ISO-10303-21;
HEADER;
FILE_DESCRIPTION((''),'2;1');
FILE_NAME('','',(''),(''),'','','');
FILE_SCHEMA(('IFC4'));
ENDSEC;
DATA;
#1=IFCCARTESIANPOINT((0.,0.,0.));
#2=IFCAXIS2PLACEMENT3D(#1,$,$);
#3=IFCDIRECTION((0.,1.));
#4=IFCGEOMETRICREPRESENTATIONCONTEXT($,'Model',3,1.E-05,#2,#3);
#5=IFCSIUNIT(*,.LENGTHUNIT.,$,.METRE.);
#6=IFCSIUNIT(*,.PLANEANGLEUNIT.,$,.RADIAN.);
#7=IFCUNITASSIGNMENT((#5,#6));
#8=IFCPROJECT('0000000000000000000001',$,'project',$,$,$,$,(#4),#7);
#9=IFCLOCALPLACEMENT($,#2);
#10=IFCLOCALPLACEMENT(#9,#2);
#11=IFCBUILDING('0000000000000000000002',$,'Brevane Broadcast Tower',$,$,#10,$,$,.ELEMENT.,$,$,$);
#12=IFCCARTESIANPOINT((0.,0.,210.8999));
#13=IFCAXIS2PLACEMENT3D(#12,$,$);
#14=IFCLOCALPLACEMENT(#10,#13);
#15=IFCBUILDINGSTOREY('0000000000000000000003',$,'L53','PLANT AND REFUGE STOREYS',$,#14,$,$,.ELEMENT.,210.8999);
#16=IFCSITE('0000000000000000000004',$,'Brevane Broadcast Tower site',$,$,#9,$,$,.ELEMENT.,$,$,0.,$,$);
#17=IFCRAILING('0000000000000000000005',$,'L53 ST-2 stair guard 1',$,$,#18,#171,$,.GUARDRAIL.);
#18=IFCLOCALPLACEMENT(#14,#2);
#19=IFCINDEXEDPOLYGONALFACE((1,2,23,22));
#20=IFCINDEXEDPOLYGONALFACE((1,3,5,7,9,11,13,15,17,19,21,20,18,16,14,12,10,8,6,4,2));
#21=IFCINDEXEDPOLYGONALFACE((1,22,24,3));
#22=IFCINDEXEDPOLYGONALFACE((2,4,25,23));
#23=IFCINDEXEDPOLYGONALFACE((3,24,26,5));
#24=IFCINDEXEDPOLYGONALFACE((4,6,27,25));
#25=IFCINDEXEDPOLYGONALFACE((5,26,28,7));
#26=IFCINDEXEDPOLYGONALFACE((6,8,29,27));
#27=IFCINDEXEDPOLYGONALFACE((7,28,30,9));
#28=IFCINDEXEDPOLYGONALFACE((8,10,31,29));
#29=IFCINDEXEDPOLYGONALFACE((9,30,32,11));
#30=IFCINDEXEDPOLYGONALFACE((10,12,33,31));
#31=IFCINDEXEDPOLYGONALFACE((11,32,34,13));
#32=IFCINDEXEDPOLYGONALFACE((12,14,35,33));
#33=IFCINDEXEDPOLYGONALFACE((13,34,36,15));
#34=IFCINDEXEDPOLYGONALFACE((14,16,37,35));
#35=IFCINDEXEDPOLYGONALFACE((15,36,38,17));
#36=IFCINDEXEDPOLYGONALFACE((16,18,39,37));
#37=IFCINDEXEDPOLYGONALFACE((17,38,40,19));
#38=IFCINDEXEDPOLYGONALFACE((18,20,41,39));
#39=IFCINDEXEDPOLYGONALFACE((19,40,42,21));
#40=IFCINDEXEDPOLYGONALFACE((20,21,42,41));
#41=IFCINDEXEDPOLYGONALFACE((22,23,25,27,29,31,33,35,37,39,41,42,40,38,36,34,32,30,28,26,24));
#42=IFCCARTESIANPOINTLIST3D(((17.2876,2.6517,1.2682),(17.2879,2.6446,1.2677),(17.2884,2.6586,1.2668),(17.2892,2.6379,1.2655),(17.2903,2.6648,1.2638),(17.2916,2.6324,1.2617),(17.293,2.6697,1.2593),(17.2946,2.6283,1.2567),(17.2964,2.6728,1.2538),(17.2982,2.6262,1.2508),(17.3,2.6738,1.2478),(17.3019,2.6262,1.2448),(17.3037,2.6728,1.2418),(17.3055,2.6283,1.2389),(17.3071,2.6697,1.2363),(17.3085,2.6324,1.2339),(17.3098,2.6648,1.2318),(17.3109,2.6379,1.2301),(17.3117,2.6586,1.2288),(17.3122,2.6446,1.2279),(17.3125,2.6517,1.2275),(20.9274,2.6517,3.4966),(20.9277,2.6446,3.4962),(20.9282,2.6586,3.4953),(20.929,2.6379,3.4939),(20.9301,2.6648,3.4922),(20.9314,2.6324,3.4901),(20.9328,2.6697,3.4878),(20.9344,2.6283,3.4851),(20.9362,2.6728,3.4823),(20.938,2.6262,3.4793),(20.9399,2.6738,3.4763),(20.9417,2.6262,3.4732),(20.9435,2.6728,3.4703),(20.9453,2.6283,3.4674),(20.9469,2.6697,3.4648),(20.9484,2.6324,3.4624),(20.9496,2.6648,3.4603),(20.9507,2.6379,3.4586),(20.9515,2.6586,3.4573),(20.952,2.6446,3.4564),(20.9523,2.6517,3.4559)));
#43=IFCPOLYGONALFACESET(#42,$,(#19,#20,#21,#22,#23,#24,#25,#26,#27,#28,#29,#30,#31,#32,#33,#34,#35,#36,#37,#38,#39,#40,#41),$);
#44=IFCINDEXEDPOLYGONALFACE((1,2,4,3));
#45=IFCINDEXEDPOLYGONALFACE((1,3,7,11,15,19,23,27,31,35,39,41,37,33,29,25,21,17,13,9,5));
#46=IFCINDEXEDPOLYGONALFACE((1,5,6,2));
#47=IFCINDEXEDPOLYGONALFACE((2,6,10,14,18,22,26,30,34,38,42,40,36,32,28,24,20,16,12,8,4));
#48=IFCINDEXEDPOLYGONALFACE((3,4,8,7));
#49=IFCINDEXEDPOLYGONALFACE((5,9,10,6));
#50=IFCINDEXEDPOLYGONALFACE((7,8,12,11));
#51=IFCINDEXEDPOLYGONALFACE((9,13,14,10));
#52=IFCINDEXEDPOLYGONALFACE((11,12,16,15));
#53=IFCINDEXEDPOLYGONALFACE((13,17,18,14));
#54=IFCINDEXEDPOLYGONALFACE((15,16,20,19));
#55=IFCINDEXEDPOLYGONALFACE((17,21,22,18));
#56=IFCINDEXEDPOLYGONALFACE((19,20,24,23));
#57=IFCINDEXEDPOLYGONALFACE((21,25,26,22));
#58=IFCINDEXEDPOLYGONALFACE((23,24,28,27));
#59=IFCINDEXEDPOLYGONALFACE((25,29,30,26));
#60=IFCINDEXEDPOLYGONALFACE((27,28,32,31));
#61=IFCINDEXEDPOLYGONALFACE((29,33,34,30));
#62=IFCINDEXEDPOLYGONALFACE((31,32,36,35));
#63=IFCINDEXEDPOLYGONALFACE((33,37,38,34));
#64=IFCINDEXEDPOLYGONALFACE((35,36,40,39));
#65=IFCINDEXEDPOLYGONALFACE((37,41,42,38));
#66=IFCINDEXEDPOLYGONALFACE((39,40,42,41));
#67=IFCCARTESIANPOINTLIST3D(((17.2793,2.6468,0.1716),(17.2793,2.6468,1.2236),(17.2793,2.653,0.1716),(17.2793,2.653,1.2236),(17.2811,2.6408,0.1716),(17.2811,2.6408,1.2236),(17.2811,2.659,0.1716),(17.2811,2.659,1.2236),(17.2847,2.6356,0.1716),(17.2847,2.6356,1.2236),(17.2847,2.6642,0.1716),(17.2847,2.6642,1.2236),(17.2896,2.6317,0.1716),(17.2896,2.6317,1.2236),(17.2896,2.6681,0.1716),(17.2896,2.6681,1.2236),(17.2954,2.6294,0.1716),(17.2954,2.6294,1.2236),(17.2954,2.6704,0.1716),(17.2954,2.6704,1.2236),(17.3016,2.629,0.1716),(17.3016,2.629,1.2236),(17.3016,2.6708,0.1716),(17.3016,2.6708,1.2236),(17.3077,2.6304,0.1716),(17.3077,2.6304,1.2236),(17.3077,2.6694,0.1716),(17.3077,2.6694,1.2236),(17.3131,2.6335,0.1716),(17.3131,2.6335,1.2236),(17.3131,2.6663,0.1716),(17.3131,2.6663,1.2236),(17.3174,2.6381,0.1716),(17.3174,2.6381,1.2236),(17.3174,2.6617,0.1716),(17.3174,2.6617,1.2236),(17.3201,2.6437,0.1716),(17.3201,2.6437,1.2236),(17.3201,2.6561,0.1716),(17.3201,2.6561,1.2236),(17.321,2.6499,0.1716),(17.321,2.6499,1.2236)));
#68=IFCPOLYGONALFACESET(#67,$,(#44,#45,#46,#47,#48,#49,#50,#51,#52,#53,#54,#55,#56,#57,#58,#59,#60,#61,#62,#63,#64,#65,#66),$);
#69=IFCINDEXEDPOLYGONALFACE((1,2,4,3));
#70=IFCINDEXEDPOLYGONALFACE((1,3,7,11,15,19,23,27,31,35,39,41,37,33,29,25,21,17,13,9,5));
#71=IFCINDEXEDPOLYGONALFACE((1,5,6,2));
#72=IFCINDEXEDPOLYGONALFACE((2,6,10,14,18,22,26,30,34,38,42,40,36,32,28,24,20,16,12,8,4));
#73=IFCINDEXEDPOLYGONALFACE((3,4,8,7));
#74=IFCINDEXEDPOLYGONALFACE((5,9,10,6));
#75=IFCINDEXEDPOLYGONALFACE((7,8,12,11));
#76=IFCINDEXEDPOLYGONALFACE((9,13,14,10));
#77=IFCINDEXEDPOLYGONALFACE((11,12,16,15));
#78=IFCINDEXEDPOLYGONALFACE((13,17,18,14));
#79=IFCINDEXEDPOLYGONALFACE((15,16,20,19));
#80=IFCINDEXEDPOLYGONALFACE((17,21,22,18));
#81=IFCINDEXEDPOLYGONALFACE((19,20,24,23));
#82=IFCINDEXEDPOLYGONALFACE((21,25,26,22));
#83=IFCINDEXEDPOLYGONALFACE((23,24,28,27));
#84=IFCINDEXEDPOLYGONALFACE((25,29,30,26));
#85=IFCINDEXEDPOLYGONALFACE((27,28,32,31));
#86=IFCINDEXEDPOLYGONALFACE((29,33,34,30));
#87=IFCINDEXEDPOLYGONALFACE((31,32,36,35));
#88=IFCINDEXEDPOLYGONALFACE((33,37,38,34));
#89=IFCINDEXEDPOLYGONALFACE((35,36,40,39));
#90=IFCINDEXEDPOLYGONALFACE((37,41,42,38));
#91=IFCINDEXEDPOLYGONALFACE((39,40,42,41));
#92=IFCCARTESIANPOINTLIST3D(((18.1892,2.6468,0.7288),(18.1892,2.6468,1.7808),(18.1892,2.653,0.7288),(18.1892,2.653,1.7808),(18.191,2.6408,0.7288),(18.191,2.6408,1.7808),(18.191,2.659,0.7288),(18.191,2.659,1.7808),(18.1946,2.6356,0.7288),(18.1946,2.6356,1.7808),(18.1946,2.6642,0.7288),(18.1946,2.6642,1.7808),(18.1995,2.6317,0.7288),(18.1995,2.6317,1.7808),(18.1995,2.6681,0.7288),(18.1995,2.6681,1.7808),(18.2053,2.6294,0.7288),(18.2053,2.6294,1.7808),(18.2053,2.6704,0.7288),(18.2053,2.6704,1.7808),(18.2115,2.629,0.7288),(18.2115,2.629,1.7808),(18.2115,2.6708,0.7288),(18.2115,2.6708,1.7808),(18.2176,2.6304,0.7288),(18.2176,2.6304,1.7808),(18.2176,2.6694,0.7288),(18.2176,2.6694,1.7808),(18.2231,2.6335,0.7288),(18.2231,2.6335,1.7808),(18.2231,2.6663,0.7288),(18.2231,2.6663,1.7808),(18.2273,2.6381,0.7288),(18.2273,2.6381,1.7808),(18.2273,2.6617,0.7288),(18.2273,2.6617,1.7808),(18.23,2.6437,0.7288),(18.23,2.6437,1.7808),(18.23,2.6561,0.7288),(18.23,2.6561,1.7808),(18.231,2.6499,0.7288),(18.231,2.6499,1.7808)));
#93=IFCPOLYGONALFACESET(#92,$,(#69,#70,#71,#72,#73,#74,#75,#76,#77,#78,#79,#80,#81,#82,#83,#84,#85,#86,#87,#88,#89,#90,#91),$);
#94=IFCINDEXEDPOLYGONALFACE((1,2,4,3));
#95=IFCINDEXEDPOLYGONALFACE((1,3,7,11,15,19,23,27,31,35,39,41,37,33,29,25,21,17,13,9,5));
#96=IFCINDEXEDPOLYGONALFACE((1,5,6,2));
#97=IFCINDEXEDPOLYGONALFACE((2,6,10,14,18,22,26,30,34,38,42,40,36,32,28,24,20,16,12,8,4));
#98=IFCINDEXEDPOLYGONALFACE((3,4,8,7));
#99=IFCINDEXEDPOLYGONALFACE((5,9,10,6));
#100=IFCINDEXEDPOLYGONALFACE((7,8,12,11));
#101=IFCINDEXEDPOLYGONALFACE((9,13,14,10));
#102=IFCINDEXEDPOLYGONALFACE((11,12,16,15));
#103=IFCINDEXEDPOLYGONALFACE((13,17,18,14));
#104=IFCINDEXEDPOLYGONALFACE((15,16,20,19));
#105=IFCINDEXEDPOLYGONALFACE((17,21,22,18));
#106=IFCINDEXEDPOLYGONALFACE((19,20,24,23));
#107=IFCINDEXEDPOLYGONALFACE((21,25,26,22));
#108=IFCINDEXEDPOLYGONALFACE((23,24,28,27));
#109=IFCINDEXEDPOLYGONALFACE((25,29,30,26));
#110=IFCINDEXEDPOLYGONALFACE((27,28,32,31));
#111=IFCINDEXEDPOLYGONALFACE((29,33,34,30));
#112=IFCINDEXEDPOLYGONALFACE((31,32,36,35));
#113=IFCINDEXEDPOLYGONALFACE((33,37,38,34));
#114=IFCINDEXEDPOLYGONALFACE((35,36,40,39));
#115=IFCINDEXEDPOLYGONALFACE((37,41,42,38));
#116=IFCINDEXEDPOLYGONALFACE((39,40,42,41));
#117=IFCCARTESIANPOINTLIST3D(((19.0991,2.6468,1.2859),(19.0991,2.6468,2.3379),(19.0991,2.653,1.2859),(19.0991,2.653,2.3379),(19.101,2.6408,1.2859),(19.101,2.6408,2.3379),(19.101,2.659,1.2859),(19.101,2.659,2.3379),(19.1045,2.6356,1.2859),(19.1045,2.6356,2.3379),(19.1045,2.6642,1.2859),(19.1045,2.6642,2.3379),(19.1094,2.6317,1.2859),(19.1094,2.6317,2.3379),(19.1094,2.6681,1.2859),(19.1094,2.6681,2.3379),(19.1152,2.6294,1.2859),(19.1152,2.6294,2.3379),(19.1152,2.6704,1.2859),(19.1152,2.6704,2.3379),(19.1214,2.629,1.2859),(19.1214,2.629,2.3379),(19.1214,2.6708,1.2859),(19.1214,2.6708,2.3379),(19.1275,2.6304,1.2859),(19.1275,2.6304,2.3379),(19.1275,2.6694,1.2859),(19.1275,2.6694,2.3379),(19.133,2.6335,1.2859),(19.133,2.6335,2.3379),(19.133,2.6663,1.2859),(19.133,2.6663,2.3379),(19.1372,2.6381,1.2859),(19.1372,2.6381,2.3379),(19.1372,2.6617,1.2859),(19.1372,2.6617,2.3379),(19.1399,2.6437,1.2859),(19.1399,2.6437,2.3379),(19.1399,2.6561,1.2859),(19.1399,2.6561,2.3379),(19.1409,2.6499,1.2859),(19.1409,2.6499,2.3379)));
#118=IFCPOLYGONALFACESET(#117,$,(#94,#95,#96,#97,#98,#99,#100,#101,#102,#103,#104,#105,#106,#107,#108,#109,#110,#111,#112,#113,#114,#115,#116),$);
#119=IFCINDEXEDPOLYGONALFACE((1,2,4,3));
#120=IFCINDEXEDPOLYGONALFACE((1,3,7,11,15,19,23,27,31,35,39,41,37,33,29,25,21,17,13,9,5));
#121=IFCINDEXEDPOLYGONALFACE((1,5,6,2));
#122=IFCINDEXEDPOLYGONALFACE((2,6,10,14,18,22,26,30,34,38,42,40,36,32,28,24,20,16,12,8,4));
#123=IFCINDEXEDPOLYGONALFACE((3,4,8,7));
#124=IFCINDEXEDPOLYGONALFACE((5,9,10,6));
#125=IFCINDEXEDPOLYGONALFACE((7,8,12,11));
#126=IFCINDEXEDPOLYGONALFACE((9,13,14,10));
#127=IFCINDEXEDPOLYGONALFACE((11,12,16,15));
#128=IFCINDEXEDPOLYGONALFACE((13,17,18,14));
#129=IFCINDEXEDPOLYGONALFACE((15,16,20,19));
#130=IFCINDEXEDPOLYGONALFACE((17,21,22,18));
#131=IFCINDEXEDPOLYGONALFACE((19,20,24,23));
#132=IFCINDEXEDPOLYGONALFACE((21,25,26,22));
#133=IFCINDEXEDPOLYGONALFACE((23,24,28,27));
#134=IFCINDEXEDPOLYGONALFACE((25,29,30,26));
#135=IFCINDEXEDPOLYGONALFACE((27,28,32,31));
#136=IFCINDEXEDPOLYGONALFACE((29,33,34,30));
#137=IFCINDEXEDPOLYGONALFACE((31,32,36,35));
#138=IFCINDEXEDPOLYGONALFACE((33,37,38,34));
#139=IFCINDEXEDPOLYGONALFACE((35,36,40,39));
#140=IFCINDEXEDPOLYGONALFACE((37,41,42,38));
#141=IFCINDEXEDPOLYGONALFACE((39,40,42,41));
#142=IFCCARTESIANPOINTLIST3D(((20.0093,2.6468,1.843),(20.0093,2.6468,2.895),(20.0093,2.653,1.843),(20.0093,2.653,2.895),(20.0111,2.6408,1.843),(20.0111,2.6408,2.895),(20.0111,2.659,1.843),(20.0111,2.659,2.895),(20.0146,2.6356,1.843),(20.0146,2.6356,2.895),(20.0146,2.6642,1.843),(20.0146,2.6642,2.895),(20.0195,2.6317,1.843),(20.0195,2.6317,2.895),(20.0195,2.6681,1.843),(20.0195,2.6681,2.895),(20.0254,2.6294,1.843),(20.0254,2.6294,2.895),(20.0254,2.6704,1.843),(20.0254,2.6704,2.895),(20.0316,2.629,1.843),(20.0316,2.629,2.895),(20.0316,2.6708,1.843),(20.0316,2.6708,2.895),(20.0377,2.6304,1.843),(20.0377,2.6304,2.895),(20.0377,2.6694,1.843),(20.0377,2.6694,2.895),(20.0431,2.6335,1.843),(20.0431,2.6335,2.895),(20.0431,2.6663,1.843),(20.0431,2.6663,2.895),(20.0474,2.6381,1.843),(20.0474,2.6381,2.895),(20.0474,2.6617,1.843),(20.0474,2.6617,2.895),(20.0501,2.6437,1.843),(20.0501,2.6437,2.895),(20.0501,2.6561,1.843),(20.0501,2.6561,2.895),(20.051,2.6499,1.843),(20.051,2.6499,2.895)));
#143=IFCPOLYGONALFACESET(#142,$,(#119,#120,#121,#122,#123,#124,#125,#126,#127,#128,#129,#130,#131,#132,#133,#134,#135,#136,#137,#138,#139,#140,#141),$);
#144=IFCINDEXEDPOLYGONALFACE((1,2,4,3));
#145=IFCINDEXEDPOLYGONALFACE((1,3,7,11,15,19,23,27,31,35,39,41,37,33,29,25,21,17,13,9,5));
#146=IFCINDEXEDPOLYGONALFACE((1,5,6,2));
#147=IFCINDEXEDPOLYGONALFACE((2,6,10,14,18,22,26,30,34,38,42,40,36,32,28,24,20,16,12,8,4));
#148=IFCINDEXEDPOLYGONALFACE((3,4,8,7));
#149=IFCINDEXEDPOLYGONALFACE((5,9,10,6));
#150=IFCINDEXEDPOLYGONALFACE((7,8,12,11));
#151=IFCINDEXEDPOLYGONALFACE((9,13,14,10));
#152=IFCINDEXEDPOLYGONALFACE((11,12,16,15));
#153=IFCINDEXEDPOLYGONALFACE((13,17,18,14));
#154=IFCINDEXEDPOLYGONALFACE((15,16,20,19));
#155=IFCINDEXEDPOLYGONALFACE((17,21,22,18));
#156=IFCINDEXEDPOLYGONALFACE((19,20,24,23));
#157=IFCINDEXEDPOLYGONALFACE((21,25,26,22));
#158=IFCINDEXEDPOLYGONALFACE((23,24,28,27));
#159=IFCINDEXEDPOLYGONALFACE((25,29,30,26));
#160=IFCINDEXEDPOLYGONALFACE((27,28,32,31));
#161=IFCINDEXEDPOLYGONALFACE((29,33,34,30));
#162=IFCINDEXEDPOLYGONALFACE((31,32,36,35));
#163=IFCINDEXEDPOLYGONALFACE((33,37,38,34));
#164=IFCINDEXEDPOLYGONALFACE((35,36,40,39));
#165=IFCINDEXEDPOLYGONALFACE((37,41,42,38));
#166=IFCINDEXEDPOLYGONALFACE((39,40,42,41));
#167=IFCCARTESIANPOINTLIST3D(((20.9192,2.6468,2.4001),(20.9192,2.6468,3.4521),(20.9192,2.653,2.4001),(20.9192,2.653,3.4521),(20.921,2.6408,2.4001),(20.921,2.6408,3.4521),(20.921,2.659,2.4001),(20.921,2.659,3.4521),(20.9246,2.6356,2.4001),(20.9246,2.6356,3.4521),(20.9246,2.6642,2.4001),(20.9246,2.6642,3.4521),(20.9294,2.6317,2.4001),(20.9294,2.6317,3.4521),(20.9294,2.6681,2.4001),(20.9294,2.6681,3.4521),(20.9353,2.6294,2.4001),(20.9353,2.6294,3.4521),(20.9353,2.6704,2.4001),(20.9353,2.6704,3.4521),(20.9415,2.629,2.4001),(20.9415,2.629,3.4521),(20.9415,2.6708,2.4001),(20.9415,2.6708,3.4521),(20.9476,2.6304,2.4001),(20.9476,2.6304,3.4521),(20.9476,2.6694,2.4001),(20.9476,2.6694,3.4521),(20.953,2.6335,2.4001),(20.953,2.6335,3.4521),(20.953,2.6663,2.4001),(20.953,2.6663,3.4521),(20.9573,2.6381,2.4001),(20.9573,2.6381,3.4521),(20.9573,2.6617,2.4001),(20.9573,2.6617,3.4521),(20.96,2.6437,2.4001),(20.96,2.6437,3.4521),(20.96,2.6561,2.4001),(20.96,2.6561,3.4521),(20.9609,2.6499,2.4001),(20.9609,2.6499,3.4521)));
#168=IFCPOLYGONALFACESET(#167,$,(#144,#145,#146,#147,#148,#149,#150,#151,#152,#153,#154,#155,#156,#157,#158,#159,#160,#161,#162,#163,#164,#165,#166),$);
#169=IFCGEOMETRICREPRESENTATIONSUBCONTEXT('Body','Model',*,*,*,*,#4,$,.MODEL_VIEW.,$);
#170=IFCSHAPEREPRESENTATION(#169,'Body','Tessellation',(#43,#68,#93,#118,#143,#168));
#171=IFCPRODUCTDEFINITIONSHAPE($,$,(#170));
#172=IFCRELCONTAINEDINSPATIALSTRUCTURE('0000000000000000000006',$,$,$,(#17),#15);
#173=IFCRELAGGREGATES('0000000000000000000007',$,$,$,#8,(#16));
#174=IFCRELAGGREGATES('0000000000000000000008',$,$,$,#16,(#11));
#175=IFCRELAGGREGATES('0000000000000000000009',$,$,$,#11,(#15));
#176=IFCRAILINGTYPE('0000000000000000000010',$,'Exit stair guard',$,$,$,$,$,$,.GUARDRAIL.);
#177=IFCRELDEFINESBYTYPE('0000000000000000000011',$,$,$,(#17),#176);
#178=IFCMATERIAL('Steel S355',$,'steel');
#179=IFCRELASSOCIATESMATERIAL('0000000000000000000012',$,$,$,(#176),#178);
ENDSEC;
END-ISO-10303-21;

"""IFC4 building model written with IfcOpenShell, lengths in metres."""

from ifc_helpers import new_model, si_unit, direction, frame, origin, origin_2d, place, context, subcontext, project, spatial, circle, extrude, material, type_object, element, save


model = new_model("IFC4")

# Units and contexts
model_context = context("Model", 3, precision=1e-05, world=origin(), true_north=direction((0.0, 1.0)))
body_context = subcontext(model_context, "Body", "Model", "MODEL_VIEW")
ifc_project = project(units=[si_unit("LENGTHUNIT", "METRE"), si_unit("PLANEANGLEUNIT", "RADIAN")], contexts=[model_context])

# Site, building, storey
site_placement = place(None, origin())
site = spatial("IfcSite", under=ifc_project, at=site_placement, Name="Brevane Broadcast Tower site", CompositionType="ELEMENT", RefElevation=0.0)
building_placement = place(site_placement, origin())
building = spatial("IfcBuilding", under=site, at=building_placement, Name="Brevane Broadcast Tower", CompositionType="ELEMENT")
storey_placement = place(building_placement, frame((0.0, 0.0, 210.8999)))
storey = spatial("IfcBuildingStorey", under=building, at=storey_placement, Name="L53", Description="PLANT AND REFUGE STOREYS", CompositionType="ELEMENT", Elevation=210.8999)

# Railing
ifc_material_1 = material(Name="Steel S355", Category="steel")
railing_type_1 = type_object("IfcRailingType", Name="Exit stair guard", PredefinedType="GUARDRAIL", material=ifc_material_1)
railing_1_placement = place(storey_placement, frame((17.3, 2.6499, 0.1716)))
element("IfcRailing", 1, at=railing_1_placement, inside=storey, type_object=railing_type_1, Name="L53 ST-2 stair guard 1", PredefinedType="GUARDRAIL", context=body_context, shape_type="SweptSolid", body=[
    extrude(circle(Radius=0.0239, at=origin_2d()), frame((0.0, 0.0, 1.0762), z_axis=(0.85285, 0.0, 0.522156), x_axis=(0.0, 1.0, 0.0)), (0.0, 0.0, 1.0), 4.2678),
    extrude(circle(Radius=0.021, at=origin_2d()), origin(), (0.0, 0.0, 1.0), 1.052),
    extrude(circle(Radius=0.021, at=origin_2d()), frame((0.9099, 0.0, 0.5571)), (0.0, 0.0, 1.0), 1.052),
    extrude(circle(Radius=0.021, at=origin_2d()), frame((1.8198, 0.0, 1.1143)), (0.0, 0.0, 1.0), 1.052),
    extrude(circle(Radius=0.021, at=origin_2d()), frame((2.73, 0.0, 1.6714)), (0.0, 0.0, 1.0), 1.052),
    extrude(circle(Radius=0.021, at=origin_2d()), frame((3.6399, 0.0, 2.2285)), (0.0, 0.0, 1.0), 1.052),
])

save(model, "model.ifc")
